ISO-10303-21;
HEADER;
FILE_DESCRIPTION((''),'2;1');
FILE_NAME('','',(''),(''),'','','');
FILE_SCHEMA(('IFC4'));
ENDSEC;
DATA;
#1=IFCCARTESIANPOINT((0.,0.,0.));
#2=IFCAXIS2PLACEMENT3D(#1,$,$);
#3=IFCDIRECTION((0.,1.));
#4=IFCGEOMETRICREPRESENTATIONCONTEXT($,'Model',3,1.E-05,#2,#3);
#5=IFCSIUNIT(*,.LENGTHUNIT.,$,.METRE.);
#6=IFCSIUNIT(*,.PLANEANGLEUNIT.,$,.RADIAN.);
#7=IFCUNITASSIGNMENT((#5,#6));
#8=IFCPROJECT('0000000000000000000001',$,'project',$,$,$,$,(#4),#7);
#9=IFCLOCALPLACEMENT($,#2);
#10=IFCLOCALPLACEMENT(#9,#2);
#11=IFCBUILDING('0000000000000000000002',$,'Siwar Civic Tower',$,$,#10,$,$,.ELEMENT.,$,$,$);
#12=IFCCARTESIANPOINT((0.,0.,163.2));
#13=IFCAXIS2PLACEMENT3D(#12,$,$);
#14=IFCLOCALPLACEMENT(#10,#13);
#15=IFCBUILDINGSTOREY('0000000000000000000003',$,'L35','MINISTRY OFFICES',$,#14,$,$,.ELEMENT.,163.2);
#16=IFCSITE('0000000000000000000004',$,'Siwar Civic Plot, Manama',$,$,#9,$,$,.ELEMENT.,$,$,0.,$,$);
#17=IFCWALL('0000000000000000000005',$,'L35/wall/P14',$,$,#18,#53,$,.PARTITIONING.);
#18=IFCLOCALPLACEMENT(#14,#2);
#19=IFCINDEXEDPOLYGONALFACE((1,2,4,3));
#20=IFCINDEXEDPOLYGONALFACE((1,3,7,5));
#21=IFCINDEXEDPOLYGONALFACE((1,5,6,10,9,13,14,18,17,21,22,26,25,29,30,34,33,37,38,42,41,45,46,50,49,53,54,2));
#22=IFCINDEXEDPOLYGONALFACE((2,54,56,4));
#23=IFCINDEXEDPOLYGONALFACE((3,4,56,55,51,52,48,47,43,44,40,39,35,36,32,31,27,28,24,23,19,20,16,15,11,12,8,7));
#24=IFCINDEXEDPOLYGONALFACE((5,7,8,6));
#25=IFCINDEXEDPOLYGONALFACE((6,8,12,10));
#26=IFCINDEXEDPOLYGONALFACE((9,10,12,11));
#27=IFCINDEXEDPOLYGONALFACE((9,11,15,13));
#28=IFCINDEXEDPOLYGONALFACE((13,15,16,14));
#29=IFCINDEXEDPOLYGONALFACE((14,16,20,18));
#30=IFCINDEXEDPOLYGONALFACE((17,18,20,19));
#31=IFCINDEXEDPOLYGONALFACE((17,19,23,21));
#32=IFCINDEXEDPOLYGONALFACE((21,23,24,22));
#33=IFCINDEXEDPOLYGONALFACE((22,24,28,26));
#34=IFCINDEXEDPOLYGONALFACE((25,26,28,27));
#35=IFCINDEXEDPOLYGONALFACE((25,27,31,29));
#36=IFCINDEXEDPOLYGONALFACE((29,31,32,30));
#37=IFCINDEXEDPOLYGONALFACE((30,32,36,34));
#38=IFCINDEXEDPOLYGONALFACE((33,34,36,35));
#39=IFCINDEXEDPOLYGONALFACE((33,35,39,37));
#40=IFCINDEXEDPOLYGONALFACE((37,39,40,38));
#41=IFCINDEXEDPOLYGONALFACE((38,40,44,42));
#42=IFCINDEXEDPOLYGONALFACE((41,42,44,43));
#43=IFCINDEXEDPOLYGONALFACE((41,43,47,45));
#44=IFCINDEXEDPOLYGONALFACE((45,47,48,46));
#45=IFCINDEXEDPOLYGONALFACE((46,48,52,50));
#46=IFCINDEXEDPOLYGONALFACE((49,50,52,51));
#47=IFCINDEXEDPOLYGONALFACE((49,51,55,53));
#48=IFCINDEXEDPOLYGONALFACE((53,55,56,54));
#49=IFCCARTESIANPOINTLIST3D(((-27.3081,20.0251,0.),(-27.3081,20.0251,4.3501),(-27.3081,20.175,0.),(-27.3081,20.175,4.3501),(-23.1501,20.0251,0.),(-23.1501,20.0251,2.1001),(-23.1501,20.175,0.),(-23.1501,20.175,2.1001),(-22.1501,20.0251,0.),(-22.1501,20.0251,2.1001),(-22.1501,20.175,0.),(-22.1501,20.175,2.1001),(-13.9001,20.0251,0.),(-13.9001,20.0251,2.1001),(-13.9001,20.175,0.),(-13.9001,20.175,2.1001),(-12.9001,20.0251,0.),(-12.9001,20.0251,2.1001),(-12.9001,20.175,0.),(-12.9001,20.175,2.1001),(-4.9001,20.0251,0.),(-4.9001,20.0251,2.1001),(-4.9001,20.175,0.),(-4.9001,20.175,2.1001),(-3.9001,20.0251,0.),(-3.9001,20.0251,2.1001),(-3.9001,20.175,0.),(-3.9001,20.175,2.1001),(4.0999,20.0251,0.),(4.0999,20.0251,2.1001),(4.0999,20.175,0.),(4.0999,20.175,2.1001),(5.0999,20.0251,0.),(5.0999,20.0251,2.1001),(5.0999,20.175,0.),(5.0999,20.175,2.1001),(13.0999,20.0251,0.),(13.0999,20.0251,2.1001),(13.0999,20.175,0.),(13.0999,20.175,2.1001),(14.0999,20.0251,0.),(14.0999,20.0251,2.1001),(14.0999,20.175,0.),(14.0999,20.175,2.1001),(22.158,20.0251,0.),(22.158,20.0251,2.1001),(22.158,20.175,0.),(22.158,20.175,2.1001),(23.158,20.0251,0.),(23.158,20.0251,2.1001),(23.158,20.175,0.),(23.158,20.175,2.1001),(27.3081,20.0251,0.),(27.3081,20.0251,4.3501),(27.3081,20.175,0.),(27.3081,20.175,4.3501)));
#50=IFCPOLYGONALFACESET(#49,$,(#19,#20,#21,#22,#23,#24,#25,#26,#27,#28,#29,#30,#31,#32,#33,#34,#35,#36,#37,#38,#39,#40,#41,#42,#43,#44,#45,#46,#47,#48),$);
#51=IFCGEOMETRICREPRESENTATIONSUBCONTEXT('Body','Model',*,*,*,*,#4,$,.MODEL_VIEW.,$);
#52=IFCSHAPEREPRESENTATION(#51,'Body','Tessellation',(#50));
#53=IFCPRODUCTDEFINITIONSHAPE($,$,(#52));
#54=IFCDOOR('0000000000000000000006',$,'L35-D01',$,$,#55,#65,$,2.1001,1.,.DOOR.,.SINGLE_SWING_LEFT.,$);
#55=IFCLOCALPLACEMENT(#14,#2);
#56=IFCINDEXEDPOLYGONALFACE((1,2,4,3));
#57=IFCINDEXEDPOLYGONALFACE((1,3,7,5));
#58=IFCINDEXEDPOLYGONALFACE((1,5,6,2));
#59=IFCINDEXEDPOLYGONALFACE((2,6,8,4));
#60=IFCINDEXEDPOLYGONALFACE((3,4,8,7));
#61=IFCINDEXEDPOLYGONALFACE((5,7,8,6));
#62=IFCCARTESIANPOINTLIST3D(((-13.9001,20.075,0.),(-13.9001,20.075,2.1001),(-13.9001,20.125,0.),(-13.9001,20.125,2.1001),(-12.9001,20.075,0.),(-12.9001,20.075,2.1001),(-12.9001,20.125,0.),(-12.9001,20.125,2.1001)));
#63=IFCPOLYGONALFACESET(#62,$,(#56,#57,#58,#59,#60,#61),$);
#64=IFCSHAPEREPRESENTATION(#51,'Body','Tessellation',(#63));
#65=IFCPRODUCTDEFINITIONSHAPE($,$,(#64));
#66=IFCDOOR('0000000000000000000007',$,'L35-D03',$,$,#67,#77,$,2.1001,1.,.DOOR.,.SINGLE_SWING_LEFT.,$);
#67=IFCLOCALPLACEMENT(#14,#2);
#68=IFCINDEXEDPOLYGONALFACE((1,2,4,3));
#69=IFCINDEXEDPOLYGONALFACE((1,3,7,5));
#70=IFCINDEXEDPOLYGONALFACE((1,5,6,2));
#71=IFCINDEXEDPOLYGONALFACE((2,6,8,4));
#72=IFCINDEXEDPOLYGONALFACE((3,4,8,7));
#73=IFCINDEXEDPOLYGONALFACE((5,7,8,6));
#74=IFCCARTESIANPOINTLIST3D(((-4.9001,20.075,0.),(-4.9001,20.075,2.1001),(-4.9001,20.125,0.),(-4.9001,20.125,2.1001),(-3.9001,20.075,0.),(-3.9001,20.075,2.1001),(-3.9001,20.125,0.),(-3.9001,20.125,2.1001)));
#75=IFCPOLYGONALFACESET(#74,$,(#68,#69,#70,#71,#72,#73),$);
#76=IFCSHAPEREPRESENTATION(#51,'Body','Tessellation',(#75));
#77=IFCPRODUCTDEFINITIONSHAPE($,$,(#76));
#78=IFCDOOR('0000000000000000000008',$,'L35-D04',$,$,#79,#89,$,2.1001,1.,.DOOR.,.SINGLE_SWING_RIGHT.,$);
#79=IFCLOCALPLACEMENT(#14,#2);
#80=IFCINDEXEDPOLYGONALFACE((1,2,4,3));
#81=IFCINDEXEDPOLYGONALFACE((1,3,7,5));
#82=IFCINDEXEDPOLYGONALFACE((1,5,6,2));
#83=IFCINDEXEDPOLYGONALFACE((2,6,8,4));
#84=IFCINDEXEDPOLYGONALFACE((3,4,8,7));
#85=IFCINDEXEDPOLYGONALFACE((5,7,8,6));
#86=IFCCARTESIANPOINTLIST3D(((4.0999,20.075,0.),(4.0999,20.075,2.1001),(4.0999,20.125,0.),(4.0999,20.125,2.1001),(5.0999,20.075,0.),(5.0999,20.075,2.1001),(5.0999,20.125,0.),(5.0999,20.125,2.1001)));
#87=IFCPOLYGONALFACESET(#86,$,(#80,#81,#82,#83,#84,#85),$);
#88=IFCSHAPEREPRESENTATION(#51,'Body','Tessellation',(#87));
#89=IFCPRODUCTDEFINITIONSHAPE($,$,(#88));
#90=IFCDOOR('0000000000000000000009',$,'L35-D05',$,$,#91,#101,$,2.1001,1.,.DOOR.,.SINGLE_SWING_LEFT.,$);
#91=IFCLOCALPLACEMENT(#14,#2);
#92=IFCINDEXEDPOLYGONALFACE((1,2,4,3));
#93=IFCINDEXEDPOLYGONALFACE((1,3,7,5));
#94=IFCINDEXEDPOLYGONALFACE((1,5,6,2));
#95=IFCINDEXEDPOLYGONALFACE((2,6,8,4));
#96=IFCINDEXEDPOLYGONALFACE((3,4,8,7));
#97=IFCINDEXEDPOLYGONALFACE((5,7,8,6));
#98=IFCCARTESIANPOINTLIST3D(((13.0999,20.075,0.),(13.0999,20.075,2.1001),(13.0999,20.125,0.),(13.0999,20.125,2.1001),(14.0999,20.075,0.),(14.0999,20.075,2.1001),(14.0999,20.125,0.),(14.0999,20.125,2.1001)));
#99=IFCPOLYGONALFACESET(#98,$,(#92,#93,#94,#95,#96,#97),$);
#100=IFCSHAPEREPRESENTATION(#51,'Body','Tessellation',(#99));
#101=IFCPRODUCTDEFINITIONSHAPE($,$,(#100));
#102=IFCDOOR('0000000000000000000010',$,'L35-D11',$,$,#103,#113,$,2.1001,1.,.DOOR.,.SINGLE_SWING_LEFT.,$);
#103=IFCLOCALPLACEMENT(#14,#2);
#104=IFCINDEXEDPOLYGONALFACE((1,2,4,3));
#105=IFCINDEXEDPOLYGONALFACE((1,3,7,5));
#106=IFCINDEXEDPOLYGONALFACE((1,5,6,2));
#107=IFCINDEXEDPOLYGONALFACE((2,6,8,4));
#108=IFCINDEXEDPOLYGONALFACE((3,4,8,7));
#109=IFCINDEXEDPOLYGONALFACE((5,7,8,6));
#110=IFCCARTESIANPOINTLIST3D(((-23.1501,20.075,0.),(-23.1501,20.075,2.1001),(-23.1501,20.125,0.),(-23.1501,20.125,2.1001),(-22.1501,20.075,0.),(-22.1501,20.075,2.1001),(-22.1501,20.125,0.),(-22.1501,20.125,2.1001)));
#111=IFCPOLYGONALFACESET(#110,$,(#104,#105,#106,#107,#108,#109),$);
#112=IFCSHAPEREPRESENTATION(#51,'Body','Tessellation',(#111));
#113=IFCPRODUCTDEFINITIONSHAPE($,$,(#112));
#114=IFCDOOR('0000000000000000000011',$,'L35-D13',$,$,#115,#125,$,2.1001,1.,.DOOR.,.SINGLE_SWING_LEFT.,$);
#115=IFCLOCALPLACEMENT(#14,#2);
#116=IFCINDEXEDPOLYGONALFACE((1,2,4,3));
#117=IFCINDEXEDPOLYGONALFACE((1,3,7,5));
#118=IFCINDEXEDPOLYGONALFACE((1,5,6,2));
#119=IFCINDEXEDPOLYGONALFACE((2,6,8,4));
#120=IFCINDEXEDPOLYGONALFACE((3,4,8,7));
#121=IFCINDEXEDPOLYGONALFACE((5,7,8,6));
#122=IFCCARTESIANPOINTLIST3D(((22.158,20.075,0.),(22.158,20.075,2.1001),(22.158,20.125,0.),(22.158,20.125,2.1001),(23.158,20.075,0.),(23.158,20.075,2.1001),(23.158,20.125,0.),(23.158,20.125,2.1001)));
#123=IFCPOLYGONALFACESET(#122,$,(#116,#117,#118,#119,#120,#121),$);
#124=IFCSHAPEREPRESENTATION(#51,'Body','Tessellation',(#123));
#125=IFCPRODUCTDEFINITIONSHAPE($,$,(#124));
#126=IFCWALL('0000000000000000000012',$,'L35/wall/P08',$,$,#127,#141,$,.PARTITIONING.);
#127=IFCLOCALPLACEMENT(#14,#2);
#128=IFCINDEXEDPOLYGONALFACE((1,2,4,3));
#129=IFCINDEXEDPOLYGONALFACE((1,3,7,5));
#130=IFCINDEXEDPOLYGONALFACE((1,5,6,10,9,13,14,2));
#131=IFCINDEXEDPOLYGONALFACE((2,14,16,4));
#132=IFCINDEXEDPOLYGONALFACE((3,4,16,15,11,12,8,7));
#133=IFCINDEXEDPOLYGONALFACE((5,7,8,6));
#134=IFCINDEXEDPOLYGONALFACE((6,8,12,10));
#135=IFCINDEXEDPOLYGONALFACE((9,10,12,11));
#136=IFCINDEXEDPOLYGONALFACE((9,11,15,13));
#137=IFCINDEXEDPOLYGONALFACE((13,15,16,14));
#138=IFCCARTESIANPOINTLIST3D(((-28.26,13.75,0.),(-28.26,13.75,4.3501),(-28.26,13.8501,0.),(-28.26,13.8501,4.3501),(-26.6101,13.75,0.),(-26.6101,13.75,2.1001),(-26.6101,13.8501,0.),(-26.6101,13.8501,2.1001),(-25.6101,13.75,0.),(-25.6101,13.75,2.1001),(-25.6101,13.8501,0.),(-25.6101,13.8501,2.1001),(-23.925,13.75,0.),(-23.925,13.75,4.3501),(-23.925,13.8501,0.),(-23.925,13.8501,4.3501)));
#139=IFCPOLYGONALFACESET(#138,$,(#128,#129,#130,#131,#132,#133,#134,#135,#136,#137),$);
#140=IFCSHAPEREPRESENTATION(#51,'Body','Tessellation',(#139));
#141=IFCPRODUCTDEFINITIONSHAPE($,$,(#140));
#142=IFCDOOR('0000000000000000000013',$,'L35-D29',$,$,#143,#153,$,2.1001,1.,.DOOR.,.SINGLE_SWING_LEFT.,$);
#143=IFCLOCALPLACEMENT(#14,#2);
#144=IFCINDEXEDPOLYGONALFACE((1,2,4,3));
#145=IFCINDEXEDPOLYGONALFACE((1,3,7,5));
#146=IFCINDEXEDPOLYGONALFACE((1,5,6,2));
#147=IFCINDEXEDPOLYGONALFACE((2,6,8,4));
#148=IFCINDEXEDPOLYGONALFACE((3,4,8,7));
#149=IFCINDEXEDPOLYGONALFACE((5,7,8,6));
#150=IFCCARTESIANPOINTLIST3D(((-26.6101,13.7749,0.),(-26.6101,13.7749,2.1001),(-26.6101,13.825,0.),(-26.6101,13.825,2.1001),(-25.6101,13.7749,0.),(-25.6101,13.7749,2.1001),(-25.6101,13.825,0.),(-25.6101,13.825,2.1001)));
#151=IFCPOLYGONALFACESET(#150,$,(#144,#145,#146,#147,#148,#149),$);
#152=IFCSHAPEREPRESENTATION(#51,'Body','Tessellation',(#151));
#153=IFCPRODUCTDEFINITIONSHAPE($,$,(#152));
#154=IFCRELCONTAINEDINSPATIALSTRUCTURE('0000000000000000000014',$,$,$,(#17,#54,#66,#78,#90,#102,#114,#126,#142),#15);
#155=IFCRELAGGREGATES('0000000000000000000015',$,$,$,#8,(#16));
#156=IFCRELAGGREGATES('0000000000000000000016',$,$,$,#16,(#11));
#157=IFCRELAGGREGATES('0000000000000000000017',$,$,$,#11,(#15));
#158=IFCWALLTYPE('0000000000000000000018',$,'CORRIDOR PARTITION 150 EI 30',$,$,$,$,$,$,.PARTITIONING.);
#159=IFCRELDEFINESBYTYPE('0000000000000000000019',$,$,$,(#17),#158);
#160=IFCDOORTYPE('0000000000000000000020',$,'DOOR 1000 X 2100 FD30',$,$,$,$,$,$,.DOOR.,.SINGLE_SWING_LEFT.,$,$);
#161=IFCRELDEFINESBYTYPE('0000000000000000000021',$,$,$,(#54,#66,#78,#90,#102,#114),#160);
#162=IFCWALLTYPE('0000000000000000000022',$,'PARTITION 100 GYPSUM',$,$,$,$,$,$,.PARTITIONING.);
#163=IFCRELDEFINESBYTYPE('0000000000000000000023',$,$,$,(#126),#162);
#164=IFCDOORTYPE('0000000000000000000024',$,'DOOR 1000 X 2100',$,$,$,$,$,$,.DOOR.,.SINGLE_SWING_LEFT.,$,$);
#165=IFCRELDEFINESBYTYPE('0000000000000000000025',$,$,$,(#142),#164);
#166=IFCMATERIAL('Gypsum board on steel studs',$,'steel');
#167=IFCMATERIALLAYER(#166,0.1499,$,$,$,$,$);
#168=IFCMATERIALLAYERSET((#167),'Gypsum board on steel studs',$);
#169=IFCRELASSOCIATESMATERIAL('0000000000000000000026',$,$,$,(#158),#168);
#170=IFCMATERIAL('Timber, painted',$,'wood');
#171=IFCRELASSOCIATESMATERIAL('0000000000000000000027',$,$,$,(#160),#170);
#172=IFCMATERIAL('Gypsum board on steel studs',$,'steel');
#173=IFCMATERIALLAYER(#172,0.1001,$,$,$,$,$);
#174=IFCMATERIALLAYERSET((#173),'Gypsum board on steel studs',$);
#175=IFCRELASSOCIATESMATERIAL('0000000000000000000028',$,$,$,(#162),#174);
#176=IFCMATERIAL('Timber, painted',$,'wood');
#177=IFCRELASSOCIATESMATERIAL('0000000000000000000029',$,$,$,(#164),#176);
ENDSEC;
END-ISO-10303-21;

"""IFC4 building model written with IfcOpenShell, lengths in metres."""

from ifc_helpers import new_model, si_unit, direction, frame, frame_2d, origin, place, context, subcontext, project, spatial, rectangle, extrude, material, layer, layer_set, type_object, element, fill, save


model = new_model("IFC4")

# Units and contexts
model_context = context("Model", 3, precision=1e-05, world=origin(), true_north=direction((0.0, 1.0)))
body_context = subcontext(model_context, "Body", "Model", "MODEL_VIEW")
ifc_project = project(units=[si_unit("LENGTHUNIT", "METRE"), si_unit("PLANEANGLEUNIT", "RADIAN")], contexts=[model_context])

# Site, building, storey
site_placement = place(None, origin())
site = spatial("IfcSite", under=ifc_project, at=site_placement, Name="Siwar Civic Plot, Manama", CompositionType="ELEMENT", RefElevation=0.0)
building_placement = place(site_placement, origin())
building = spatial("IfcBuilding", under=site, at=building_placement, Name="Siwar Civic Tower", CompositionType="ELEMENT")
storey_placement = place(building_placement, frame((0.0, 0.0, 163.2)))
storey = spatial("IfcBuildingStorey", under=building, at=storey_placement, Name="L35", Description="MINISTRY OFFICES", CompositionType="ELEMENT", Elevation=163.2)

# Shared definitions
ifc_material_1 = material(Name="Gypsum board on steel studs", Category="steel")
ifc_layer_1 = layer(ifc_material_1, 0.1499)
ifc_layer_set_1 = layer_set([ifc_layer_1], Name="Gypsum board on steel studs")
wall_type_1 = type_object("IfcWallType", Name="CORRIDOR PARTITION 150 EI 30", PredefinedType="PARTITIONING", material=ifc_layer_set_1)
ifc_material_2 = material(Name="Timber, painted", Category="wood")
door_type_1 = type_object("IfcDoorType", Name="DOOR 1000 X 2100 FD30", OperationType="SINGLE_SWING_LEFT", PredefinedType="DOOR", material=ifc_material_2)

# Wall, openings, doors
wall_1_placement = place(storey_placement, frame((-27.3081, 20.1001, 0.0), z_axis=(0.0, 0.0, 1.0), x_axis=(1.0, 0.0, 0.0)))
wall_1 = element("IfcWall", 1, at=wall_1_placement, inside=storey, type_object=wall_type_1, Name="L35/wall/P14", PredefinedType="PARTITIONING", context=body_context, shape_type="SweptSolid", body=[
    extrude(rectangle(XDim=54.6162, YDim=0.1499, at=frame_2d((27.3081, 0.0))), origin(), (0.0, 0.0, 1.0), 4.3501),
])
opening_1_placement = place(wall_1_placement, frame((13.408, 0.0, 0.0)))
opening_1 = element("IfcOpeningElement", 2, at=opening_1_placement, cuts=wall_1, PredefinedType="OPENING", context=body_context, shape_type="SweptSolid", body=[
    extrude(rectangle(XDim=1.0, YDim=2.1001, at=frame_2d((0.5, 1.05))), frame((0.0, 0.085, 0.0), z_axis=(0.0, -1.0, 0.0), x_axis=(1.0, 0.0, 0.0)), (0.0, 0.0, 1.0), 0.1699),
])
opening_2_placement = place(wall_1_placement, frame((22.408, 0.0, 0.0)))
opening_2 = element("IfcOpeningElement", 3, at=opening_2_placement, cuts=wall_1, PredefinedType="OPENING", context=body_context, shape_type="SweptSolid", body=[
    extrude(rectangle(XDim=1.0, YDim=2.1001, at=frame_2d((0.5, 1.05))), frame((0.0, 0.085, 0.0), z_axis=(0.0, -1.0, 0.0), x_axis=(1.0, 0.0, 0.0)), (0.0, 0.0, 1.0), 0.1699),
])
opening_3_placement = place(wall_1_placement, frame((31.408, 0.0, 0.0)))
opening_3 = element("IfcOpeningElement", 4, at=opening_3_placement, cuts=wall_1, PredefinedType="OPENING", context=body_context, shape_type="SweptSolid", body=[
    extrude(rectangle(XDim=1.0, YDim=2.1001, at=frame_2d((0.5, 1.05))), frame((0.0, 0.085, 0.0), z_axis=(0.0, -1.0, 0.0), x_axis=(1.0, 0.0, 0.0)), (0.0, 0.0, 1.0), 0.1699),
])
opening_4_placement = place(wall_1_placement, frame((40.408, 0.0, 0.0)))
opening_4 = element("IfcOpeningElement", 5, at=opening_4_placement, cuts=wall_1, PredefinedType="OPENING", context=body_context, shape_type="SweptSolid", body=[
    extrude(rectangle(XDim=1.0, YDim=2.1001, at=frame_2d((0.5, 1.05))), frame((0.0, 0.085, 0.0), z_axis=(0.0, -1.0, 0.0), x_axis=(1.0, 0.0, 0.0)), (0.0, 0.0, 1.0), 0.1699),
])
opening_5_placement = place(wall_1_placement, frame((4.158, 0.0, 0.0)))
opening_5 = element("IfcOpeningElement", 6, at=opening_5_placement, cuts=wall_1, PredefinedType="OPENING", context=body_context, shape_type="SweptSolid", body=[
    extrude(rectangle(XDim=1.0, YDim=2.1001, at=frame_2d((0.5, 1.05))), frame((0.0, 0.085, 0.0), z_axis=(0.0, -1.0, 0.0), x_axis=(1.0, 0.0, 0.0)), (0.0, 0.0, 1.0), 0.1699),
])
opening_6_placement = place(wall_1_placement, frame((49.4661, 0.0, 0.0)))
opening_6 = element("IfcOpeningElement", 7, at=opening_6_placement, cuts=wall_1, PredefinedType="OPENING", context=body_context, shape_type="SweptSolid", body=[
    extrude(rectangle(XDim=1.0, YDim=2.1001, at=frame_2d((0.5, 1.05))), frame((0.0, 0.085, 0.0), z_axis=(0.0, -1.0, 0.0), x_axis=(1.0, 0.0, 0.0)), (0.0, 0.0, 1.0), 0.1699),
])
door_1_placement = place(opening_1_placement, origin())
door_1 = element("IfcDoor", 8, at=door_1_placement, inside=storey, type_object=door_type_1, Name="L35-D01", OperationType="SINGLE_SWING_LEFT", OverallHeight=2.1001, OverallWidth=1.0, PredefinedType="DOOR", context=body_context, shape_type="SweptSolid", body=[
    extrude(rectangle(XDim=1.0, YDim=2.1001, at=frame_2d((0.5, 1.05))), frame((0.0, 0.0249, 0.0), z_axis=(0.0, -1.0, 0.0), x_axis=(1.0, 0.0, 0.0)), (0.0, 0.0, 1.0), 0.05),
])
fill(opening_1, door_1)
door_2_placement = place(opening_2_placement, origin())
door_2 = element("IfcDoor", 9, at=door_2_placement, inside=storey, type_object=door_type_1, Name="L35-D03", OperationType="SINGLE_SWING_LEFT", OverallHeight=2.1001, OverallWidth=1.0, PredefinedType="DOOR", context=body_context, shape_type="SweptSolid", body=[
    extrude(rectangle(XDim=1.0, YDim=2.1001, at=frame_2d((0.5, 1.05))), frame((0.0, 0.0249, 0.0), z_axis=(0.0, -1.0, 0.0), x_axis=(1.0, 0.0, 0.0)), (0.0, 0.0, 1.0), 0.05),
])
fill(opening_2, door_2)
door_3_placement = place(opening_3_placement, origin())
door_3 = element("IfcDoor", 10, at=door_3_placement, inside=storey, type_object=door_type_1, Name="L35-D04", OperationType="SINGLE_SWING_RIGHT", OverallHeight=2.1001, OverallWidth=1.0, PredefinedType="DOOR", context=body_context, shape_type="SweptSolid", body=[
    extrude(rectangle(XDim=1.0, YDim=2.1001, at=frame_2d((0.5, 1.05))), frame((0.0, 0.0249, 0.0), z_axis=(0.0, -1.0, 0.0), x_axis=(1.0, 0.0, 0.0)), (0.0, 0.0, 1.0), 0.05),
])
fill(opening_3, door_3)
door_4_placement = place(opening_4_placement, origin())
door_4 = element("IfcDoor", 11, at=door_4_placement, inside=storey, type_object=door_type_1, Name="L35-D05", OperationType="SINGLE_SWING_LEFT", OverallHeight=2.1001, OverallWidth=1.0, PredefinedType="DOOR", context=body_context, shape_type="SweptSolid", body=[
    extrude(rectangle(XDim=1.0, YDim=2.1001, at=frame_2d((0.5, 1.05))), frame((0.0, 0.0249, 0.0), z_axis=(0.0, -1.0, 0.0), x_axis=(1.0, 0.0, 0.0)), (0.0, 0.0, 1.0), 0.05),
])
fill(opening_4, door_4)
door_5_placement = place(opening_5_placement, origin())
door_5 = element("IfcDoor", 12, at=door_5_placement, inside=storey, type_object=door_type_1, Name="L35-D11", OperationType="SINGLE_SWING_LEFT", OverallHeight=2.1001, OverallWidth=1.0, PredefinedType="DOOR", context=body_context, shape_type="SweptSolid", body=[
    extrude(rectangle(XDim=1.0, YDim=2.1001, at=frame_2d((0.5, 1.05))), frame((0.0, 0.0249, 0.0), z_axis=(0.0, -1.0, 0.0), x_axis=(1.0, 0.0, 0.0)), (0.0, 0.0, 1.0), 0.05),
])
fill(opening_5, door_5)
door_6_placement = place(opening_6_placement, origin())
door_6 = element("IfcDoor", 13, at=door_6_placement, inside=storey, type_object=door_type_1, Name="L35-D13", OperationType="SINGLE_SWING_LEFT", OverallHeight=2.1001, OverallWidth=1.0, PredefinedType="DOOR", context=body_context, shape_type="SweptSolid", body=[
    extrude(rectangle(XDim=1.0, YDim=2.1001, at=frame_2d((0.5, 1.05))), frame((0.0, 0.0249, 0.0), z_axis=(0.0, -1.0, 0.0), x_axis=(1.0, 0.0, 0.0)), (0.0, 0.0, 1.0), 0.05),
])
fill(opening_6, door_6)

# Wall, opening, door
ifc_material_3 = material(Name="Gypsum board on steel studs", Category="steel")
ifc_layer_2 = layer(ifc_material_3, 0.1001)
ifc_layer_set_2 = layer_set([ifc_layer_2], Name="Gypsum board on steel studs")
wall_type_2 = type_object("IfcWallType", Name="PARTITION 100 GYPSUM", PredefinedType="PARTITIONING", material=ifc_layer_set_2)
wall_2_placement = place(storey_placement, frame((-28.26, 13.8, 0.0), z_axis=(0.0, 0.0, 1.0), x_axis=(1.0, 0.0, 0.0)))
wall_2 = element("IfcWall", 14, at=wall_2_placement, inside=storey, type_object=wall_type_2, Name="L35/wall/P08", PredefinedType="PARTITIONING", context=body_context, shape_type="SweptSolid", body=[
    extrude(rectangle(XDim=4.335, YDim=0.1001, at=frame_2d((2.1675, 0.0))), origin(), (0.0, 0.0, 1.0), 4.3501),
])
opening_7_placement = place(wall_2_placement, frame((1.6499, 0.0, 0.0)))
opening_7 = element("IfcOpeningElement", 15, at=opening_7_placement, cuts=wall_2, PredefinedType="OPENING", context=body_context, shape_type="SweptSolid", body=[
    extrude(rectangle(XDim=1.0, YDim=2.1001, at=frame_2d((0.5, 1.05))), frame((0.0, 0.0601, 0.0), z_axis=(0.0, -1.0, 0.0), x_axis=(1.0, 0.0, 0.0)), (0.0, 0.0, 1.0), 0.1201),
])
ifc_material_4 = material(Name="Timber, painted", Category="wood")
door_type_2 = type_object("IfcDoorType", Name="DOOR 1000 X 2100", OperationType="SINGLE_SWING_LEFT", PredefinedType="DOOR", material=ifc_material_4)
door_7_placement = place(opening_7_placement, origin())
door_7 = element("IfcDoor", 16, at=door_7_placement, inside=storey, type_object=door_type_2, Name="L35-D29", OperationType="SINGLE_SWING_LEFT", OverallHeight=2.1001, OverallWidth=1.0, PredefinedType="DOOR", context=body_context, shape_type="SweptSolid", body=[
    extrude(rectangle(XDim=1.0, YDim=2.1001, at=frame_2d((0.5, 1.05))), frame((0.0, 0.0249, 0.0), z_axis=(0.0, -1.0, 0.0), x_axis=(1.0, 0.0, 0.0)), (0.0, 0.0, 1.0), 0.05),
])
fill(opening_7, door_7)

save(model, "model.ifc")
